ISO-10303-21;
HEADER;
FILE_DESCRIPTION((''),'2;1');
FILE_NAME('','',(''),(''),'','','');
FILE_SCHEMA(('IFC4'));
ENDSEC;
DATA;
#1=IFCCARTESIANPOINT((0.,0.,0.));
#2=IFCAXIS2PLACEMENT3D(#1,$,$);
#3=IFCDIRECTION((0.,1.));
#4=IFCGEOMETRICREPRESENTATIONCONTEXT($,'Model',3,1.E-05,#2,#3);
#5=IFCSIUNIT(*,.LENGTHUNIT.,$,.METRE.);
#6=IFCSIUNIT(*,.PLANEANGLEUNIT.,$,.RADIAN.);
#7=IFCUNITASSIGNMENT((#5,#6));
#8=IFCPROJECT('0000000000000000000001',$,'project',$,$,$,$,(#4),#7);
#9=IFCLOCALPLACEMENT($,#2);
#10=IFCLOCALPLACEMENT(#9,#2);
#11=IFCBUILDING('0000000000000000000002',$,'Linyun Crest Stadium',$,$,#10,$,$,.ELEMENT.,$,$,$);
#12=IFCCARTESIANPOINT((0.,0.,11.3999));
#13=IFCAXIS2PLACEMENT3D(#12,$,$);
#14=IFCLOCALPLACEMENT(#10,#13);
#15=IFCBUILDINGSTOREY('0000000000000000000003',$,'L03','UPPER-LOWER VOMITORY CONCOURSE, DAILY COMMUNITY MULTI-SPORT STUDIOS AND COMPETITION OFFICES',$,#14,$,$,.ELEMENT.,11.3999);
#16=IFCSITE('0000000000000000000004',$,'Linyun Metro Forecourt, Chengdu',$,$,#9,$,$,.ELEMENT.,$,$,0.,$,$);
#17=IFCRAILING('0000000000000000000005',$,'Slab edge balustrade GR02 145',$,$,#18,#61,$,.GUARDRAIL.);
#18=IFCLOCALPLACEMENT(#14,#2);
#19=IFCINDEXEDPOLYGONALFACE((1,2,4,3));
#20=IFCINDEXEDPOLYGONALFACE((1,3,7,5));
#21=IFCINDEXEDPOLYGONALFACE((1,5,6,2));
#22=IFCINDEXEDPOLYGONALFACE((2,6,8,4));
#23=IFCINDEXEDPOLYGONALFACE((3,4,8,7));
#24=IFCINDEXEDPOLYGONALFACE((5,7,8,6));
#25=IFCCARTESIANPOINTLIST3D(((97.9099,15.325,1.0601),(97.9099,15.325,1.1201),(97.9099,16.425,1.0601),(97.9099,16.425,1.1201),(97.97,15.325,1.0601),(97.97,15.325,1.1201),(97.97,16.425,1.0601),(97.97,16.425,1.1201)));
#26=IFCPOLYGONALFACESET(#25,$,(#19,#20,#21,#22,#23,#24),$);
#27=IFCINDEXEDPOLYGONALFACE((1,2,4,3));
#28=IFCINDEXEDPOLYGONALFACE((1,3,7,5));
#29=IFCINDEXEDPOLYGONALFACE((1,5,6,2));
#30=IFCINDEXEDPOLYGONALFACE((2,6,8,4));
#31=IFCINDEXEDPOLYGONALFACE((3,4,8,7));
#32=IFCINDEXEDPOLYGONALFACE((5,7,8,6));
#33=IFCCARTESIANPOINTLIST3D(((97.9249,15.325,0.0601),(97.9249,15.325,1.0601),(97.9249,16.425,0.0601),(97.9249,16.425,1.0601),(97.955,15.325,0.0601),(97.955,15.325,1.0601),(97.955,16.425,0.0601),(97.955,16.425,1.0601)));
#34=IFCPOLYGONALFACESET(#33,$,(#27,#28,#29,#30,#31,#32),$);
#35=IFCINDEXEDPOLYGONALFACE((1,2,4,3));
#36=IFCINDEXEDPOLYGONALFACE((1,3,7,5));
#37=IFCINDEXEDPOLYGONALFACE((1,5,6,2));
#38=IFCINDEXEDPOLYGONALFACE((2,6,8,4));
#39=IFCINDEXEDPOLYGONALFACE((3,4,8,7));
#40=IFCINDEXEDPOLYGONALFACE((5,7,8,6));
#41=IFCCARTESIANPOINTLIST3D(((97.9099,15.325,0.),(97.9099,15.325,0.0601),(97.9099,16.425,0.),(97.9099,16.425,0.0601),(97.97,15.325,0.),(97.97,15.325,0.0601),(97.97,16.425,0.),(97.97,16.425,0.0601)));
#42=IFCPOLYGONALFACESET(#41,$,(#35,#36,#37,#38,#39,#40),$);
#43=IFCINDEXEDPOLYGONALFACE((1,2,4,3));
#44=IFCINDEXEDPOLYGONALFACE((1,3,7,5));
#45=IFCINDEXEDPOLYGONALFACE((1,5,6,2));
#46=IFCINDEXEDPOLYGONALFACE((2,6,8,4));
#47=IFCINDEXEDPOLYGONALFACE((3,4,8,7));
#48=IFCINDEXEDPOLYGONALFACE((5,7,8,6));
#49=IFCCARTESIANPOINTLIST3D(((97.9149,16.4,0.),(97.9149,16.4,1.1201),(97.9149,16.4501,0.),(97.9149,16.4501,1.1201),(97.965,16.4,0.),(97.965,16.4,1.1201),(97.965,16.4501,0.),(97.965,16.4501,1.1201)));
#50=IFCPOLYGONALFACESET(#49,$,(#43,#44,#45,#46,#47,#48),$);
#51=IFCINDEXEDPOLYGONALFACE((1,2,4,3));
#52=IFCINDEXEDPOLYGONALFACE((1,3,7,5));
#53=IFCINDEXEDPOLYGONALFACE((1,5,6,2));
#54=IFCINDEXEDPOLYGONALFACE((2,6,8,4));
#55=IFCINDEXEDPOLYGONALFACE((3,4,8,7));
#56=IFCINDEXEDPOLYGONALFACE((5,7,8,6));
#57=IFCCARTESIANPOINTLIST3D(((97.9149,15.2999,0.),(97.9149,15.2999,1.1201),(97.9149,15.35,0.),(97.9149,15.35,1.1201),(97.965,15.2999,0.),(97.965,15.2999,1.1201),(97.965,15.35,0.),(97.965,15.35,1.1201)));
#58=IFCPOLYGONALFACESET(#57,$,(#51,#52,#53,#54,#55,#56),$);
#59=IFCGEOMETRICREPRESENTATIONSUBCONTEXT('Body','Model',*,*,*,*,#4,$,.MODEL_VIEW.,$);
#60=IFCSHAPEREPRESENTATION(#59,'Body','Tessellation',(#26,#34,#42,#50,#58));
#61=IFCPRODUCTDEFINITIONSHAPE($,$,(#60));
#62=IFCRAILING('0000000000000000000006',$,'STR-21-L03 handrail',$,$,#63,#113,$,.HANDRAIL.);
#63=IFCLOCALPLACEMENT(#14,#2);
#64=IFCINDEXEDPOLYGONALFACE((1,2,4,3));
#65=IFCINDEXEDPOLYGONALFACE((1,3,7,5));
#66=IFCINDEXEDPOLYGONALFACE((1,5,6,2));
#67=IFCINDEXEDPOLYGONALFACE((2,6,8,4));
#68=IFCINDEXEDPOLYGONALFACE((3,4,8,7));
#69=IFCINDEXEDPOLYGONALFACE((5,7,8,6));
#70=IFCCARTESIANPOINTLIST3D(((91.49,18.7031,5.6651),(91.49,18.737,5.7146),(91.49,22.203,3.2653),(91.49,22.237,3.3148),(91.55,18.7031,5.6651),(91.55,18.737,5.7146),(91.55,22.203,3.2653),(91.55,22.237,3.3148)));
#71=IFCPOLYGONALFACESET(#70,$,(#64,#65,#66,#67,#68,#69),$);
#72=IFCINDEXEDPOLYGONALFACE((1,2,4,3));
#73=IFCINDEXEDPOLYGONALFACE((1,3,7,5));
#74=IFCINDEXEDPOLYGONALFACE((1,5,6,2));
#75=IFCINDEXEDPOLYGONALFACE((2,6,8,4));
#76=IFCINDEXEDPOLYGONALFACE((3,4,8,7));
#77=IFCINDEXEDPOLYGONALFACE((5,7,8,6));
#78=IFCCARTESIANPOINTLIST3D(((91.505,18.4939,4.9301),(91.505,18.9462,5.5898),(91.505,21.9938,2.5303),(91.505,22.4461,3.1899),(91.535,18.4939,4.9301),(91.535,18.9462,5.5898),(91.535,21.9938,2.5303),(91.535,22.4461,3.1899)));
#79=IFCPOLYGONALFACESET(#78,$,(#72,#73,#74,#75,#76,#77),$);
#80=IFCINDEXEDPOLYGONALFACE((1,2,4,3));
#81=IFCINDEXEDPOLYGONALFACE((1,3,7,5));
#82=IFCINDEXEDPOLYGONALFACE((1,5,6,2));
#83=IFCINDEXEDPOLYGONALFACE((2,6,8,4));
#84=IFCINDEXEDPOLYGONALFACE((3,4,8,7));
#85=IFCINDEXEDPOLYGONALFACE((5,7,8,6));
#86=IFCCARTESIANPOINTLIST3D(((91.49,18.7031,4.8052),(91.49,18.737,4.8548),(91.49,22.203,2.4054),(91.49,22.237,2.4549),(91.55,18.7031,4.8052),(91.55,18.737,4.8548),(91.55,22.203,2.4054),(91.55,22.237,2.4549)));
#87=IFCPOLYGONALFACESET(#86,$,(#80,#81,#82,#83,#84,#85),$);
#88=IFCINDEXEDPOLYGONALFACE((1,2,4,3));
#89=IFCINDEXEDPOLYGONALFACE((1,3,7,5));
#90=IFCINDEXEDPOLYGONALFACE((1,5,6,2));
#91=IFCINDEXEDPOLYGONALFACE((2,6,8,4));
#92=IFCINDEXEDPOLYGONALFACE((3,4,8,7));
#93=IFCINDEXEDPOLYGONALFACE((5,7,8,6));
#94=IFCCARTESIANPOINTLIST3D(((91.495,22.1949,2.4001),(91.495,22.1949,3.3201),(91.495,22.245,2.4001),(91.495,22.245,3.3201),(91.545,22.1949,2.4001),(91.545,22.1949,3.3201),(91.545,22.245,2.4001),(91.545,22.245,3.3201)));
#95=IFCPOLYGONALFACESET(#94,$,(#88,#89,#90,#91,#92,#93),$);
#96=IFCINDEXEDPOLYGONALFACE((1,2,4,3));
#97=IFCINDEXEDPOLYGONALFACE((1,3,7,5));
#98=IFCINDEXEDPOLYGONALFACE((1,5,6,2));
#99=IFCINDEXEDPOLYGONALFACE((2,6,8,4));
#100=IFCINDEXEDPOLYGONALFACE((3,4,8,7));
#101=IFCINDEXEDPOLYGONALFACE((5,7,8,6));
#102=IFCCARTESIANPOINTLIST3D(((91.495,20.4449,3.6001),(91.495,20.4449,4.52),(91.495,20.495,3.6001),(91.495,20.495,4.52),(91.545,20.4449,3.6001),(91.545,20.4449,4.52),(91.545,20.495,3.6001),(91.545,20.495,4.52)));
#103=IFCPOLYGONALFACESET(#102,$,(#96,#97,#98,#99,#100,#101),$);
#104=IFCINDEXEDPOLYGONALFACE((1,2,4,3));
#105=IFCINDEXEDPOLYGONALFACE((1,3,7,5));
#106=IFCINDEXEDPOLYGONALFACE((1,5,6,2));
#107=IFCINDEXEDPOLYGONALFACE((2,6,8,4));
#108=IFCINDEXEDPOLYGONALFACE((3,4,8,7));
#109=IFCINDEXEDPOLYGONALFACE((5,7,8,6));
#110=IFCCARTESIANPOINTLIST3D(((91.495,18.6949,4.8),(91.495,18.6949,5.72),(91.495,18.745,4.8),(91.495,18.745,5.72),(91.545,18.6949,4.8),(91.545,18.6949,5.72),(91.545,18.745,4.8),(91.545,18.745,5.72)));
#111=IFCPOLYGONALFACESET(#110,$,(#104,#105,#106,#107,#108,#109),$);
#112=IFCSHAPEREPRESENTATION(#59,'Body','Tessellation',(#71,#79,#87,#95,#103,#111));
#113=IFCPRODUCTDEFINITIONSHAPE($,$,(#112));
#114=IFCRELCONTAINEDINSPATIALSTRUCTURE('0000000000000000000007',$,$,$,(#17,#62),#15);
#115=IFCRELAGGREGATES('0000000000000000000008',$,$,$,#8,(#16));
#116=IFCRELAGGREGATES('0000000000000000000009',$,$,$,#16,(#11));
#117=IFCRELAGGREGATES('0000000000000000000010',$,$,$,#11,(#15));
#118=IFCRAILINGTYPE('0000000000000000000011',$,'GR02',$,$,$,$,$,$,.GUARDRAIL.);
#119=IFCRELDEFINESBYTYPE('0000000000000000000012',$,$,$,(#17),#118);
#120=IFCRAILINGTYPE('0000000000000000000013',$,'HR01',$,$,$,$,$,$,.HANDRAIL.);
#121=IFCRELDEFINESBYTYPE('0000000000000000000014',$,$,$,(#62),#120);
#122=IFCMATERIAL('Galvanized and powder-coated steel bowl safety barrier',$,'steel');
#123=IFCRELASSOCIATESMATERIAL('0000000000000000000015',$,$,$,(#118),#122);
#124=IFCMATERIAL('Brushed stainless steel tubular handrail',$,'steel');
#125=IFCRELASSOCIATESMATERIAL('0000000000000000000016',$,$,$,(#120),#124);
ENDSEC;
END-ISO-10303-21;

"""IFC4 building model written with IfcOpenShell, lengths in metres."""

from ifc_helpers import new_model, si_unit, direction, frame, origin, origin_2d, place, context, subcontext, project, spatial, rectangle, extrude, material, type_object, element, save


model = new_model("IFC4")

# Units and contexts
model_context = context("Model", 3, precision=1e-05, world=origin(), true_north=direction((0.0, 1.0)))
body_context = subcontext(model_context, "Body", "Model", "MODEL_VIEW")
ifc_project = project(units=[si_unit("LENGTHUNIT", "METRE"), si_unit("PLANEANGLEUNIT", "RADIAN")], contexts=[model_context])

# Site, building, storey
site_placement = place(None, origin())
site = spatial("IfcSite", under=ifc_project, at=site_placement, Name="Linyun Metro Forecourt, Chengdu", CompositionType="ELEMENT", RefElevation=0.0)
building_placement = place(site_placement, origin())
building = spatial("IfcBuilding", under=site, at=building_placement, Name="Linyun Crest Stadium", CompositionType="ELEMENT")
storey_placement = place(building_placement, frame((0.0, 0.0, 11.3999)))
storey = spatial("IfcBuildingStorey", under=building, at=storey_placement, Name="L03", Description="UPPER-LOWER VOMITORY CONCOURSE, DAILY COMMUNITY MULTI-SPORT STUDIOS AND COMPETITION OFFICES", CompositionType="ELEMENT", Elevation=11.3999)

# Railings
ifc_material_1 = material(Name="Galvanized and powder-coated steel bowl safety barrier", Category="steel")
railing_type_1 = type_object("IfcRailingType", Name="GR02", PredefinedType="GUARDRAIL", material=ifc_material_1)
railing_1_placement = place(storey_placement, frame((97.9399, 16.425, 0.0)))
element("IfcRailing", 1, at=railing_1_placement, inside=storey, type_object=railing_type_1, Name="Slab edge balustrade GR02 145", PredefinedType="GUARDRAIL", context=body_context, shape_type="SweptSolid", body=[
    extrude(rectangle(XDim=0.0601, YDim=0.0601, at=origin_2d()), frame((0.0, 0.0, 1.0901), z_axis=(0.0, -1.0, 0.0), x_axis=(1.0, 0.0, 0.0)), (0.0, 0.0, 1.0), 1.1001),
    extrude(rectangle(XDim=0.03, YDim=1.0, at=origin_2d()), frame((0.0, 0.0, 0.5601), z_axis=(0.0, -1.0, 0.0), x_axis=(1.0, 0.0, 0.0)), (0.0, 0.0, 1.0), 1.1001),
    extrude(rectangle(XDim=0.0601, YDim=0.0601, at=origin_2d()), frame((0.0, 0.0, 0.03), z_axis=(0.0, -1.0, 0.0), x_axis=(1.0, 0.0, 0.0)), (0.0, 0.0, 1.0), 1.1001),
    extrude(rectangle(XDim=0.05, YDim=0.05, at=origin_2d()), origin(), (0.0, 0.0, 1.0), 1.1201),
    extrude(rectangle(XDim=0.05, YDim=0.05, at=origin_2d()), frame((0.0, -1.1001, 0.0)), (0.0, 0.0, 1.0), 1.1201),
])
ifc_material_2 = material(Name="Brushed stainless steel tubular handrail", Category="steel")
railing_type_2 = type_object("IfcRailingType", Name="HR01", PredefinedType="HANDRAIL", material=ifc_material_2)
railing_2_placement = place(storey_placement, frame((91.52, 22.22, 2.4001)))
element("IfcRailing", 2, at=railing_2_placement, inside=storey, type_object=railing_type_2, Name="STR-21-L03 handrail", PredefinedType="HANDRAIL", context=body_context, shape_type="SweptSolid", body=[
    extrude(rectangle(XDim=0.0601, YDim=0.0601, at=origin_2d()), frame((0.0, 0.0, 0.8899), z_axis=(0.0, -0.82474, 0.565513), x_axis=(1.0, 0.0, 0.0)), (0.0, 0.0, 1.0), 4.2437),
    extrude(rectangle(XDim=0.03, YDim=0.7998, at=origin_2d()), frame((0.0, 0.0, 0.46), z_axis=(0.0, -0.82474, 0.565513), x_axis=(1.0, 0.0, 0.0)), (0.0, 0.0, 1.0), 4.2437),
    extrude(rectangle(XDim=0.0601, YDim=0.0601, at=origin_2d()), frame((0.0, 0.0, 0.03), z_axis=(0.0, -0.82474, 0.565513), x_axis=(1.0, 0.0, 0.0)), (0.0, 0.0, 1.0), 4.2437),
    extrude(rectangle(XDim=0.05, YDim=0.05, at=origin_2d()), origin(), (0.0, 0.0, 1.0), 0.9199),
    extrude(rectangle(XDim=0.05, YDim=0.05, at=origin_2d()), frame((0.0, -1.75, 1.2)), (0.0, 0.0, 1.0), 0.9199),
    extrude(rectangle(XDim=0.05, YDim=0.05, at=origin_2d()), frame((0.0, -3.5, 2.3999)), (0.0, 0.0, 1.0), 0.9199),
])

save(model, "model.ifc")
